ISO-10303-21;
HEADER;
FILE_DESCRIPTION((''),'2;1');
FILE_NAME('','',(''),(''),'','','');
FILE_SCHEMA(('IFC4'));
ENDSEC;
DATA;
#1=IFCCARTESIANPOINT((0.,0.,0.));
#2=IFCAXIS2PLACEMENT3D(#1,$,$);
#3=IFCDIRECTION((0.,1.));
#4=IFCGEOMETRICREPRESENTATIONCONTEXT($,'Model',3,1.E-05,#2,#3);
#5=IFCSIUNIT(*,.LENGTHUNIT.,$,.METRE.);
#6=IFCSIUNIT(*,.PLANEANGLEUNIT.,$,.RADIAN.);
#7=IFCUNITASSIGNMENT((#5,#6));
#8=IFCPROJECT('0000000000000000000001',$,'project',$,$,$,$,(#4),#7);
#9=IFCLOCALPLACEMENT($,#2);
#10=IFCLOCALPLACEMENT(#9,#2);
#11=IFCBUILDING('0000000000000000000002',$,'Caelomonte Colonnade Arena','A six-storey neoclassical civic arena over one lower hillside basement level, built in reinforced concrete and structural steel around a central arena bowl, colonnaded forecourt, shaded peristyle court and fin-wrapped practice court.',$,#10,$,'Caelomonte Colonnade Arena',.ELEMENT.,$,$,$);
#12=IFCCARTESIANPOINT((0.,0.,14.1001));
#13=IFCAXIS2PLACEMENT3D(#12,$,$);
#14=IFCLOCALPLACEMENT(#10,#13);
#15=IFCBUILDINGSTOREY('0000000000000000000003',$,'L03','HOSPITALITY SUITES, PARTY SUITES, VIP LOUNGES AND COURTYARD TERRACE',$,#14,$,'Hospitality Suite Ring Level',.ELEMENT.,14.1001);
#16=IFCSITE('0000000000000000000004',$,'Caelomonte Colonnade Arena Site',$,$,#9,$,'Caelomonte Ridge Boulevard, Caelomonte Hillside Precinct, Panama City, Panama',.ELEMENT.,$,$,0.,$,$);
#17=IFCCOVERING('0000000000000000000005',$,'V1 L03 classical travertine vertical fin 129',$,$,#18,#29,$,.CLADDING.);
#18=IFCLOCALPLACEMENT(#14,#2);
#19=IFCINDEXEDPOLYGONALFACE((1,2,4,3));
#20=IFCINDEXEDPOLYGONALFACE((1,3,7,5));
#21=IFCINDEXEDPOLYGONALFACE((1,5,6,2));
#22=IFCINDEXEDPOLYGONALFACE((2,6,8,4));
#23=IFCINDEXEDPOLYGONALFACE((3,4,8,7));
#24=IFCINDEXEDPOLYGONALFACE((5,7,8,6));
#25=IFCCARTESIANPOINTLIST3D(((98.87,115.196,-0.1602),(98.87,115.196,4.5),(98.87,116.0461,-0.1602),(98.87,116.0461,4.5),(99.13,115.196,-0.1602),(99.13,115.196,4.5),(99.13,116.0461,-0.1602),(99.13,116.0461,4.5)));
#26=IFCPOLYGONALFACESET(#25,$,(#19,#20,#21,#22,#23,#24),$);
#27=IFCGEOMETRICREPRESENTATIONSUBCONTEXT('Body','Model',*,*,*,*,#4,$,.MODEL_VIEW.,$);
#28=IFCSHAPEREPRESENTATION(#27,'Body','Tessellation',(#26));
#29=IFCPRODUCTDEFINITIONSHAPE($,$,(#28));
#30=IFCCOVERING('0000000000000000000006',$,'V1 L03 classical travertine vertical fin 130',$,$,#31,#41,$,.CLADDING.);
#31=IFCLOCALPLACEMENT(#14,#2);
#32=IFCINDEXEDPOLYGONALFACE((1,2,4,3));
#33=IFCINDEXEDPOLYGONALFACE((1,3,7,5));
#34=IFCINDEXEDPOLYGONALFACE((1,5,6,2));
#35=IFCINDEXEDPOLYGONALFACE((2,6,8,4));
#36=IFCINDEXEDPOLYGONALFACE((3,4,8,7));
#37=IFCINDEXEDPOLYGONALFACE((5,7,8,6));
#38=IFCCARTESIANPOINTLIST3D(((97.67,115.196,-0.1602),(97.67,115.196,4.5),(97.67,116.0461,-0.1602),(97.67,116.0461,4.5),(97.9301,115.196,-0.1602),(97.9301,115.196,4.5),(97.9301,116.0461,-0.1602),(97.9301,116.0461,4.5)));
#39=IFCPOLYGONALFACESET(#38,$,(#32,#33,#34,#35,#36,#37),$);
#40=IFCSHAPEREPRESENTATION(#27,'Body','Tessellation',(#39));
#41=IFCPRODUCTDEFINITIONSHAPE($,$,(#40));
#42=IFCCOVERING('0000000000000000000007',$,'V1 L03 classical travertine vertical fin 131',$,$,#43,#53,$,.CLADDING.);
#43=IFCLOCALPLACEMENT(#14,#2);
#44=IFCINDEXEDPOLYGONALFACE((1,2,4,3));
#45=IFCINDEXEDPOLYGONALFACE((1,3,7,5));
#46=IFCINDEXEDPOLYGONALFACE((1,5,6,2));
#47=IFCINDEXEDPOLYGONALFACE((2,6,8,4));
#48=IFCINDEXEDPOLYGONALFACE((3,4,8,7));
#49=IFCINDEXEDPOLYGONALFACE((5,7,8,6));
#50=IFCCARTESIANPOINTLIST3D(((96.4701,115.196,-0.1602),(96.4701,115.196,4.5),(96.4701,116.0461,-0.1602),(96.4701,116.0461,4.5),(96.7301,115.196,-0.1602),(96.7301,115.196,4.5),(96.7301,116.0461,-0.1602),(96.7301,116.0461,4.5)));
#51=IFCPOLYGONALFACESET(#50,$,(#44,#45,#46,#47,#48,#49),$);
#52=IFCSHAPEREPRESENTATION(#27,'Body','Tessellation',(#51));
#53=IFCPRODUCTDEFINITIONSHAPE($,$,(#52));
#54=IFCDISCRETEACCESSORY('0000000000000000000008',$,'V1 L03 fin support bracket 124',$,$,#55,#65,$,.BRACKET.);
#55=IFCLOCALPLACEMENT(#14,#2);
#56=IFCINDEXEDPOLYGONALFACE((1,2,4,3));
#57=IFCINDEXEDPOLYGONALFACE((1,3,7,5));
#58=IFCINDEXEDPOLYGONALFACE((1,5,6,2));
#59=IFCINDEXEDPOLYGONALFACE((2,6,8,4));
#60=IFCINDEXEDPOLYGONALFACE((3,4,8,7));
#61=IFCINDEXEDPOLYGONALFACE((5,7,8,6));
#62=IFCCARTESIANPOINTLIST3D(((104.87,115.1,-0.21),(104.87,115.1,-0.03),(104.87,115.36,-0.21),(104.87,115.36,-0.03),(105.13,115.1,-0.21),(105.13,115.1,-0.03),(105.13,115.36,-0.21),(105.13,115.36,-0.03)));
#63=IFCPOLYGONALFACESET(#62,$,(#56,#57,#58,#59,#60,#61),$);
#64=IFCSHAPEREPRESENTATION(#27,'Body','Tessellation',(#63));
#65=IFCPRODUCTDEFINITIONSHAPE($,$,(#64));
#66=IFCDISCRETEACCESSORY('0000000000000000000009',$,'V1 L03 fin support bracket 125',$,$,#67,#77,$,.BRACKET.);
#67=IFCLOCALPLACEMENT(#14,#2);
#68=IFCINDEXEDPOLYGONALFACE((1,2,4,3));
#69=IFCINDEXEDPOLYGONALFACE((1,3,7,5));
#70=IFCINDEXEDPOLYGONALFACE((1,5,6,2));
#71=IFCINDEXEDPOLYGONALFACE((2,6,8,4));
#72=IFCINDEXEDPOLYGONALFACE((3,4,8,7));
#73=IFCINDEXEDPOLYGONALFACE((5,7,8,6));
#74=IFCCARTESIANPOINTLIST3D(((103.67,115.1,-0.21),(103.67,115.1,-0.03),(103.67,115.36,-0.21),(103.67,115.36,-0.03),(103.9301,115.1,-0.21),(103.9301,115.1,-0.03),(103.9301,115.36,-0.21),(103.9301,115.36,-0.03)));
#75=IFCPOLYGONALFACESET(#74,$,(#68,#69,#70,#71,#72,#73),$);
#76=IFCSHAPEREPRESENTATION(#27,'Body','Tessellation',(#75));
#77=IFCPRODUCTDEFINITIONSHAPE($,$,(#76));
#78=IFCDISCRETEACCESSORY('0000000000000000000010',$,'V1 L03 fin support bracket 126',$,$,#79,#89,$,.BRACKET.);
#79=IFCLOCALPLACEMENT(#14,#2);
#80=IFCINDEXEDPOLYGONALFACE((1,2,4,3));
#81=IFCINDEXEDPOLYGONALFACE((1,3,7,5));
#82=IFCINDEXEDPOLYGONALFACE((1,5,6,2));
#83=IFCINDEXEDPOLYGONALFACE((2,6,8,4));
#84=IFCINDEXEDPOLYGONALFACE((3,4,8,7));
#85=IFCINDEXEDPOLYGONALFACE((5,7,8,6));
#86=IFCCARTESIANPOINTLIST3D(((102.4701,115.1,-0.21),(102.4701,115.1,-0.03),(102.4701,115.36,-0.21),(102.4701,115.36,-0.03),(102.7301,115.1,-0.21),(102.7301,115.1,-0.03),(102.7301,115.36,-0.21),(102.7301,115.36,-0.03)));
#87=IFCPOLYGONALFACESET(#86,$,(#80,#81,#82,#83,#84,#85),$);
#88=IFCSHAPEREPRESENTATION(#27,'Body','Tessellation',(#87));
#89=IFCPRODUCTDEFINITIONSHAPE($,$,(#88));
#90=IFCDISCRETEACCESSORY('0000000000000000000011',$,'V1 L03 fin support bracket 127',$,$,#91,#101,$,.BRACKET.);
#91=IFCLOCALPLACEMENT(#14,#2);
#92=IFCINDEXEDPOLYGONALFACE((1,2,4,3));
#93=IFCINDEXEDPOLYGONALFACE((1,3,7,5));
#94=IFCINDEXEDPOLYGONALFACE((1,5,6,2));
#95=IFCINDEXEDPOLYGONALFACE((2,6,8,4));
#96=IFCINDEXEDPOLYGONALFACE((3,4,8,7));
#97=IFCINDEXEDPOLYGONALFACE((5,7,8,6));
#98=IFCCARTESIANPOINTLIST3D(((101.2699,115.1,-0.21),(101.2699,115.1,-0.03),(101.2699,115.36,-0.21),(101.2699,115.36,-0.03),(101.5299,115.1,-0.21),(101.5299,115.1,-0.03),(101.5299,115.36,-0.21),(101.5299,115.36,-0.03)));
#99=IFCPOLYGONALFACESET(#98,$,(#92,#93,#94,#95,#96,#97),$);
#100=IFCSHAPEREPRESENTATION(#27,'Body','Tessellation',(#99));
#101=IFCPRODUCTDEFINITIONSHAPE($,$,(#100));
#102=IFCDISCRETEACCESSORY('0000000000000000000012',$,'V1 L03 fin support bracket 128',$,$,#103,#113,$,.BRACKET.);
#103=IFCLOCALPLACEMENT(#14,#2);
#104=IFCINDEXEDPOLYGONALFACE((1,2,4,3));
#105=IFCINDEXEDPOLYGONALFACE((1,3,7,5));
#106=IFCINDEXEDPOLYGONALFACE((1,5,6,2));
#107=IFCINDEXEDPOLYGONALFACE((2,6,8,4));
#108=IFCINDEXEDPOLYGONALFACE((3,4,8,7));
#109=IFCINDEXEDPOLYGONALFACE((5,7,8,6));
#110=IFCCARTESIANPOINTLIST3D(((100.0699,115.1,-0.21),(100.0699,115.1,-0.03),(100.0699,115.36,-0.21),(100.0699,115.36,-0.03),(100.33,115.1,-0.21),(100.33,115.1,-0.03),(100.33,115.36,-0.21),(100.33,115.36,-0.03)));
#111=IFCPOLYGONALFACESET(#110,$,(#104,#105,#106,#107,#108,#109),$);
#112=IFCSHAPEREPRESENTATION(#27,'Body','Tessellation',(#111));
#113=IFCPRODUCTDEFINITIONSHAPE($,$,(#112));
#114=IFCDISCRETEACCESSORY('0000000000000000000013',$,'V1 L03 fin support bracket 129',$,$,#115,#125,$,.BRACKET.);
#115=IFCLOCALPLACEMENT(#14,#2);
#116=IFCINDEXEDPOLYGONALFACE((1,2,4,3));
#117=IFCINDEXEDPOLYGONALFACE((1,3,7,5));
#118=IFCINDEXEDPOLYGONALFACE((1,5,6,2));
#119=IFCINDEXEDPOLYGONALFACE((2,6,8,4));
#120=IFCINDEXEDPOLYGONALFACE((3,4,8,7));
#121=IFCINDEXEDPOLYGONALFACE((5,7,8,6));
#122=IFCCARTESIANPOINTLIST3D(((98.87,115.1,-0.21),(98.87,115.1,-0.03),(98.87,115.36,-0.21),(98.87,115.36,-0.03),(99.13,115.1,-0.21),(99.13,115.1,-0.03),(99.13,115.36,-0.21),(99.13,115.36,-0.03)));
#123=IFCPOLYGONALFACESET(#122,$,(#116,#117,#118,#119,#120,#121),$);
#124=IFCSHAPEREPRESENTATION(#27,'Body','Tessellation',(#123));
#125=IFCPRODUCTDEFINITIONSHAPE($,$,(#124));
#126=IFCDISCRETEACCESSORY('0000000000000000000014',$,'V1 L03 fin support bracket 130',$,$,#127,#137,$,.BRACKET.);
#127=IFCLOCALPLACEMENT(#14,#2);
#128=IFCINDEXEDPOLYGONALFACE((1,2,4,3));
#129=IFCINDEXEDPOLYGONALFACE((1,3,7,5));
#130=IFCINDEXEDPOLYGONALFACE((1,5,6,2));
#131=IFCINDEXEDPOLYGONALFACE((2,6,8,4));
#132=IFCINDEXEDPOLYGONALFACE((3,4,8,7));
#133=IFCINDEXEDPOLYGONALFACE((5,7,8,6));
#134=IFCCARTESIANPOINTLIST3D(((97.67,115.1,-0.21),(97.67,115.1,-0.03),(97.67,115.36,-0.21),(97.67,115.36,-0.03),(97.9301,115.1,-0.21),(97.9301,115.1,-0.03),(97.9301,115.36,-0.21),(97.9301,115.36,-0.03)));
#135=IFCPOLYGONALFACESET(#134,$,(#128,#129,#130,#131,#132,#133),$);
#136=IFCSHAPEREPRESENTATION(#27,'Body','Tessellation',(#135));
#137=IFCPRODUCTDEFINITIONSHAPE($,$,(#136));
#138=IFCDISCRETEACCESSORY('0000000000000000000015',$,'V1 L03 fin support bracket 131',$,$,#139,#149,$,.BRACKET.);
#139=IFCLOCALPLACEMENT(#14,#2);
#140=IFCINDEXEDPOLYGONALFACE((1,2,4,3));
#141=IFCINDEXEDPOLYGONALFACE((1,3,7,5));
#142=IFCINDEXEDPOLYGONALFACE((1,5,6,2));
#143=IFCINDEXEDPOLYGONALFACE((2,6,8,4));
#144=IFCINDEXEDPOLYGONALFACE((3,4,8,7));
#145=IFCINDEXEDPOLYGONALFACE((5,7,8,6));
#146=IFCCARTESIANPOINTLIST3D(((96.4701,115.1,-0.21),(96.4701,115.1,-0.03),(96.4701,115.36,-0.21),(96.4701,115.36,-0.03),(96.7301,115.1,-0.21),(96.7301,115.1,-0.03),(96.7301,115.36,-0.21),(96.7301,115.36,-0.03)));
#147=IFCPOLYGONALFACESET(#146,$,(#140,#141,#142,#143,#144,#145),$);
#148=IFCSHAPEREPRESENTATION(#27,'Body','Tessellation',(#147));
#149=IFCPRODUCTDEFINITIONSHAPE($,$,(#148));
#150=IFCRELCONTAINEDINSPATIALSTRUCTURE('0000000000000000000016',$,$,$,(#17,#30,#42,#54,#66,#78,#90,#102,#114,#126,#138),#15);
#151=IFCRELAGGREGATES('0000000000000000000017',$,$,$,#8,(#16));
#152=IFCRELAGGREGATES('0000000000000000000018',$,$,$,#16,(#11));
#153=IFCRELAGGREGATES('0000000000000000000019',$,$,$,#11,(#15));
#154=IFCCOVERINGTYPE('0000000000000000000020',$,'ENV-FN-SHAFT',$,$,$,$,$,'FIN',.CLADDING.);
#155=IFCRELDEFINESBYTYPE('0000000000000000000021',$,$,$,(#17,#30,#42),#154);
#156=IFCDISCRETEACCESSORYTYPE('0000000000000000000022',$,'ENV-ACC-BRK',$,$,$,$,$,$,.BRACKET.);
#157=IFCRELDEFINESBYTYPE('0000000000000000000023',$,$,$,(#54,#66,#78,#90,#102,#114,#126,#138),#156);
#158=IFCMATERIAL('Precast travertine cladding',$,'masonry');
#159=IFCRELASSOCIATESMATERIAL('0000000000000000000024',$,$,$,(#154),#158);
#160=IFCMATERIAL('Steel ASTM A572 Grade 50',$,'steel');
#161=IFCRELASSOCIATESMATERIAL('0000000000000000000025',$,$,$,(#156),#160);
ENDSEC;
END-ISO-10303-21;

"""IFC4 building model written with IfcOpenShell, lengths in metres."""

from ifc_helpers import new_model, si_unit, direction, frame, origin, origin_2d, place, context, subcontext, project, spatial, rectangle, extrude, material, material_profile, profile_set, type_object, element, save


model = new_model("IFC4")

# Units and contexts
model_context = context("Model", 3, precision=1e-05, world=origin(), true_north=direction((0.0, 1.0)))
body_context = subcontext(model_context, "Body", "Model", "MODEL_VIEW")
ifc_project = project(units=[si_unit("LENGTHUNIT", "METRE"), si_unit("PLANEANGLEUNIT", "RADIAN")], contexts=[model_context])

# Site, building, storey
site_placement = place(None, origin())
site = spatial("IfcSite", under=ifc_project, at=site_placement, Name="Caelomonte Colonnade Arena Site", LongName="Caelomonte Ridge Boulevard, Caelomonte Hillside Precinct, Panama City, Panama", CompositionType="ELEMENT", RefElevation=0.0)
building_placement = place(site_placement, origin())
building = spatial("IfcBuilding", under=site, at=building_placement, Name="Caelomonte Colonnade Arena", Description="A six-storey neoclassical civic arena over one lower hillside basement level, built in reinforced concrete and structural steel around a central arena bowl, colonnaded forecourt, shaded peristyle court and fin-wrapped practice court.", LongName="Caelomonte Colonnade Arena", CompositionType="ELEMENT")
storey_placement = place(building_placement, frame((0.0, 0.0, 14.1001)))
storey = spatial("IfcBuildingStorey", under=building, at=storey_placement, Name="L03", Description="HOSPITALITY SUITES, PARTY SUITES, VIP LOUNGES AND COURTYARD TERRACE", LongName="Hospitality Suite Ring Level", CompositionType="ELEMENT", Elevation=14.1001)

# Coverings
ifc_material_1 = material(Name="Precast travertine cladding", Category="masonry")
ifc_material_profile_1 = material_profile(ifc_material_1, rectangle(XDim=0.26, YDim=0.8501, at=origin_2d()), Name="FIN260X850")
ifc_profile_set_1 = profile_set([ifc_material_profile_1], Name="Precast travertine cladding")
covering_type = type_object("IfcCoveringType", Name="ENV-FN-SHAFT", ElementType="FIN", PredefinedType="CLADDING", material=ifc_profile_set_1)
for number, where, z_axis, x_axis, name in (
    (1, (99.0, 115.6211, -0.1602), (0.0, 0.0, 1.0), (1.0, 0.0, 0.0), "V1 L03 classical travertine vertical fin 129"),
    (2, (97.8, 115.6211, -0.1602), (0.0, 0.0, 1.0), (1.0, 0.0, 0.0), "V1 L03 classical travertine vertical fin 130"),
    (3, (96.6001, 115.6211, -0.1602), (0.0, 0.0, 1.0), (1.0, 0.0, 0.0), "V1 L03 classical travertine vertical fin 131"),
):
    element("IfcCovering", number, at=place(storey_placement, frame(where, z_axis=z_axis, x_axis=x_axis)), inside=storey, type_object=covering_type, Name=name, PredefinedType="CLADDING", context=body_context, shape_type="SweptSolid", body=[
        extrude(rectangle(XDim=0.26, YDim=0.8501, at=origin_2d()), origin(), (0.0, 0.0, 1.0), 4.6602),
    ])

# Discrete accessories
ifc_material_2 = material(Name="Steel ASTM A572 Grade 50", Category="steel")
discrete_accessory_type = type_object("IfcDiscreteAccessoryType", Name="ENV-ACC-BRK", PredefinedType="BRACKET", material=ifc_material_2)
for number, where, z_axis, x_axis, name in (
    (4, (105.0, 115.23, -0.21), (0.0, 0.0, 1.0), (-1.0, 0.0, 0.0), "V1 L03 fin support bracket 124"),
    (5, (103.8, 115.23, -0.21), (0.0, 0.0, 1.0), (-1.0, 0.0, 0.0), "V1 L03 fin support bracket 125"),
    (6, (102.6001, 115.23, -0.21), (0.0, 0.0, 1.0), (-1.0, 0.0, 0.0), "V1 L03 fin support bracket 126"),
    (7, (101.3999, 115.23, -0.21), (0.0, 0.0, 1.0), (-1.0, 0.0, 0.0), "V1 L03 fin support bracket 127"),
    (8, (100.2, 115.23, -0.21), (0.0, 0.0, 1.0), (-1.0, 0.0, 0.0), "V1 L03 fin support bracket 128"),
    (9, (99.0, 115.23, -0.21), (0.0, 0.0, 1.0), (-1.0, 0.0, 0.0), "V1 L03 fin support bracket 129"),
    (10, (97.8, 115.23, -0.21), (0.0, 0.0, 1.0), (-1.0, 0.0, 0.0), "V1 L03 fin support bracket 130"),
    (11, (96.6001, 115.23, -0.21), (0.0, 0.0, 1.0), (-1.0, 0.0, 0.0), "V1 L03 fin support bracket 131"),
):
    element("IfcDiscreteAccessory", number, at=place(storey_placement, frame(where, z_axis=z_axis, x_axis=x_axis)), inside=storey, type_object=discrete_accessory_type, Name=name, PredefinedType="BRACKET", context=body_context, shape_type="SweptSolid", body=[
        extrude(rectangle(XDim=0.26, YDim=0.26, at=origin_2d()), origin(), (0.0, 0.0, 1.0), 0.1799),
    ])

save(model, "model.ifc")
